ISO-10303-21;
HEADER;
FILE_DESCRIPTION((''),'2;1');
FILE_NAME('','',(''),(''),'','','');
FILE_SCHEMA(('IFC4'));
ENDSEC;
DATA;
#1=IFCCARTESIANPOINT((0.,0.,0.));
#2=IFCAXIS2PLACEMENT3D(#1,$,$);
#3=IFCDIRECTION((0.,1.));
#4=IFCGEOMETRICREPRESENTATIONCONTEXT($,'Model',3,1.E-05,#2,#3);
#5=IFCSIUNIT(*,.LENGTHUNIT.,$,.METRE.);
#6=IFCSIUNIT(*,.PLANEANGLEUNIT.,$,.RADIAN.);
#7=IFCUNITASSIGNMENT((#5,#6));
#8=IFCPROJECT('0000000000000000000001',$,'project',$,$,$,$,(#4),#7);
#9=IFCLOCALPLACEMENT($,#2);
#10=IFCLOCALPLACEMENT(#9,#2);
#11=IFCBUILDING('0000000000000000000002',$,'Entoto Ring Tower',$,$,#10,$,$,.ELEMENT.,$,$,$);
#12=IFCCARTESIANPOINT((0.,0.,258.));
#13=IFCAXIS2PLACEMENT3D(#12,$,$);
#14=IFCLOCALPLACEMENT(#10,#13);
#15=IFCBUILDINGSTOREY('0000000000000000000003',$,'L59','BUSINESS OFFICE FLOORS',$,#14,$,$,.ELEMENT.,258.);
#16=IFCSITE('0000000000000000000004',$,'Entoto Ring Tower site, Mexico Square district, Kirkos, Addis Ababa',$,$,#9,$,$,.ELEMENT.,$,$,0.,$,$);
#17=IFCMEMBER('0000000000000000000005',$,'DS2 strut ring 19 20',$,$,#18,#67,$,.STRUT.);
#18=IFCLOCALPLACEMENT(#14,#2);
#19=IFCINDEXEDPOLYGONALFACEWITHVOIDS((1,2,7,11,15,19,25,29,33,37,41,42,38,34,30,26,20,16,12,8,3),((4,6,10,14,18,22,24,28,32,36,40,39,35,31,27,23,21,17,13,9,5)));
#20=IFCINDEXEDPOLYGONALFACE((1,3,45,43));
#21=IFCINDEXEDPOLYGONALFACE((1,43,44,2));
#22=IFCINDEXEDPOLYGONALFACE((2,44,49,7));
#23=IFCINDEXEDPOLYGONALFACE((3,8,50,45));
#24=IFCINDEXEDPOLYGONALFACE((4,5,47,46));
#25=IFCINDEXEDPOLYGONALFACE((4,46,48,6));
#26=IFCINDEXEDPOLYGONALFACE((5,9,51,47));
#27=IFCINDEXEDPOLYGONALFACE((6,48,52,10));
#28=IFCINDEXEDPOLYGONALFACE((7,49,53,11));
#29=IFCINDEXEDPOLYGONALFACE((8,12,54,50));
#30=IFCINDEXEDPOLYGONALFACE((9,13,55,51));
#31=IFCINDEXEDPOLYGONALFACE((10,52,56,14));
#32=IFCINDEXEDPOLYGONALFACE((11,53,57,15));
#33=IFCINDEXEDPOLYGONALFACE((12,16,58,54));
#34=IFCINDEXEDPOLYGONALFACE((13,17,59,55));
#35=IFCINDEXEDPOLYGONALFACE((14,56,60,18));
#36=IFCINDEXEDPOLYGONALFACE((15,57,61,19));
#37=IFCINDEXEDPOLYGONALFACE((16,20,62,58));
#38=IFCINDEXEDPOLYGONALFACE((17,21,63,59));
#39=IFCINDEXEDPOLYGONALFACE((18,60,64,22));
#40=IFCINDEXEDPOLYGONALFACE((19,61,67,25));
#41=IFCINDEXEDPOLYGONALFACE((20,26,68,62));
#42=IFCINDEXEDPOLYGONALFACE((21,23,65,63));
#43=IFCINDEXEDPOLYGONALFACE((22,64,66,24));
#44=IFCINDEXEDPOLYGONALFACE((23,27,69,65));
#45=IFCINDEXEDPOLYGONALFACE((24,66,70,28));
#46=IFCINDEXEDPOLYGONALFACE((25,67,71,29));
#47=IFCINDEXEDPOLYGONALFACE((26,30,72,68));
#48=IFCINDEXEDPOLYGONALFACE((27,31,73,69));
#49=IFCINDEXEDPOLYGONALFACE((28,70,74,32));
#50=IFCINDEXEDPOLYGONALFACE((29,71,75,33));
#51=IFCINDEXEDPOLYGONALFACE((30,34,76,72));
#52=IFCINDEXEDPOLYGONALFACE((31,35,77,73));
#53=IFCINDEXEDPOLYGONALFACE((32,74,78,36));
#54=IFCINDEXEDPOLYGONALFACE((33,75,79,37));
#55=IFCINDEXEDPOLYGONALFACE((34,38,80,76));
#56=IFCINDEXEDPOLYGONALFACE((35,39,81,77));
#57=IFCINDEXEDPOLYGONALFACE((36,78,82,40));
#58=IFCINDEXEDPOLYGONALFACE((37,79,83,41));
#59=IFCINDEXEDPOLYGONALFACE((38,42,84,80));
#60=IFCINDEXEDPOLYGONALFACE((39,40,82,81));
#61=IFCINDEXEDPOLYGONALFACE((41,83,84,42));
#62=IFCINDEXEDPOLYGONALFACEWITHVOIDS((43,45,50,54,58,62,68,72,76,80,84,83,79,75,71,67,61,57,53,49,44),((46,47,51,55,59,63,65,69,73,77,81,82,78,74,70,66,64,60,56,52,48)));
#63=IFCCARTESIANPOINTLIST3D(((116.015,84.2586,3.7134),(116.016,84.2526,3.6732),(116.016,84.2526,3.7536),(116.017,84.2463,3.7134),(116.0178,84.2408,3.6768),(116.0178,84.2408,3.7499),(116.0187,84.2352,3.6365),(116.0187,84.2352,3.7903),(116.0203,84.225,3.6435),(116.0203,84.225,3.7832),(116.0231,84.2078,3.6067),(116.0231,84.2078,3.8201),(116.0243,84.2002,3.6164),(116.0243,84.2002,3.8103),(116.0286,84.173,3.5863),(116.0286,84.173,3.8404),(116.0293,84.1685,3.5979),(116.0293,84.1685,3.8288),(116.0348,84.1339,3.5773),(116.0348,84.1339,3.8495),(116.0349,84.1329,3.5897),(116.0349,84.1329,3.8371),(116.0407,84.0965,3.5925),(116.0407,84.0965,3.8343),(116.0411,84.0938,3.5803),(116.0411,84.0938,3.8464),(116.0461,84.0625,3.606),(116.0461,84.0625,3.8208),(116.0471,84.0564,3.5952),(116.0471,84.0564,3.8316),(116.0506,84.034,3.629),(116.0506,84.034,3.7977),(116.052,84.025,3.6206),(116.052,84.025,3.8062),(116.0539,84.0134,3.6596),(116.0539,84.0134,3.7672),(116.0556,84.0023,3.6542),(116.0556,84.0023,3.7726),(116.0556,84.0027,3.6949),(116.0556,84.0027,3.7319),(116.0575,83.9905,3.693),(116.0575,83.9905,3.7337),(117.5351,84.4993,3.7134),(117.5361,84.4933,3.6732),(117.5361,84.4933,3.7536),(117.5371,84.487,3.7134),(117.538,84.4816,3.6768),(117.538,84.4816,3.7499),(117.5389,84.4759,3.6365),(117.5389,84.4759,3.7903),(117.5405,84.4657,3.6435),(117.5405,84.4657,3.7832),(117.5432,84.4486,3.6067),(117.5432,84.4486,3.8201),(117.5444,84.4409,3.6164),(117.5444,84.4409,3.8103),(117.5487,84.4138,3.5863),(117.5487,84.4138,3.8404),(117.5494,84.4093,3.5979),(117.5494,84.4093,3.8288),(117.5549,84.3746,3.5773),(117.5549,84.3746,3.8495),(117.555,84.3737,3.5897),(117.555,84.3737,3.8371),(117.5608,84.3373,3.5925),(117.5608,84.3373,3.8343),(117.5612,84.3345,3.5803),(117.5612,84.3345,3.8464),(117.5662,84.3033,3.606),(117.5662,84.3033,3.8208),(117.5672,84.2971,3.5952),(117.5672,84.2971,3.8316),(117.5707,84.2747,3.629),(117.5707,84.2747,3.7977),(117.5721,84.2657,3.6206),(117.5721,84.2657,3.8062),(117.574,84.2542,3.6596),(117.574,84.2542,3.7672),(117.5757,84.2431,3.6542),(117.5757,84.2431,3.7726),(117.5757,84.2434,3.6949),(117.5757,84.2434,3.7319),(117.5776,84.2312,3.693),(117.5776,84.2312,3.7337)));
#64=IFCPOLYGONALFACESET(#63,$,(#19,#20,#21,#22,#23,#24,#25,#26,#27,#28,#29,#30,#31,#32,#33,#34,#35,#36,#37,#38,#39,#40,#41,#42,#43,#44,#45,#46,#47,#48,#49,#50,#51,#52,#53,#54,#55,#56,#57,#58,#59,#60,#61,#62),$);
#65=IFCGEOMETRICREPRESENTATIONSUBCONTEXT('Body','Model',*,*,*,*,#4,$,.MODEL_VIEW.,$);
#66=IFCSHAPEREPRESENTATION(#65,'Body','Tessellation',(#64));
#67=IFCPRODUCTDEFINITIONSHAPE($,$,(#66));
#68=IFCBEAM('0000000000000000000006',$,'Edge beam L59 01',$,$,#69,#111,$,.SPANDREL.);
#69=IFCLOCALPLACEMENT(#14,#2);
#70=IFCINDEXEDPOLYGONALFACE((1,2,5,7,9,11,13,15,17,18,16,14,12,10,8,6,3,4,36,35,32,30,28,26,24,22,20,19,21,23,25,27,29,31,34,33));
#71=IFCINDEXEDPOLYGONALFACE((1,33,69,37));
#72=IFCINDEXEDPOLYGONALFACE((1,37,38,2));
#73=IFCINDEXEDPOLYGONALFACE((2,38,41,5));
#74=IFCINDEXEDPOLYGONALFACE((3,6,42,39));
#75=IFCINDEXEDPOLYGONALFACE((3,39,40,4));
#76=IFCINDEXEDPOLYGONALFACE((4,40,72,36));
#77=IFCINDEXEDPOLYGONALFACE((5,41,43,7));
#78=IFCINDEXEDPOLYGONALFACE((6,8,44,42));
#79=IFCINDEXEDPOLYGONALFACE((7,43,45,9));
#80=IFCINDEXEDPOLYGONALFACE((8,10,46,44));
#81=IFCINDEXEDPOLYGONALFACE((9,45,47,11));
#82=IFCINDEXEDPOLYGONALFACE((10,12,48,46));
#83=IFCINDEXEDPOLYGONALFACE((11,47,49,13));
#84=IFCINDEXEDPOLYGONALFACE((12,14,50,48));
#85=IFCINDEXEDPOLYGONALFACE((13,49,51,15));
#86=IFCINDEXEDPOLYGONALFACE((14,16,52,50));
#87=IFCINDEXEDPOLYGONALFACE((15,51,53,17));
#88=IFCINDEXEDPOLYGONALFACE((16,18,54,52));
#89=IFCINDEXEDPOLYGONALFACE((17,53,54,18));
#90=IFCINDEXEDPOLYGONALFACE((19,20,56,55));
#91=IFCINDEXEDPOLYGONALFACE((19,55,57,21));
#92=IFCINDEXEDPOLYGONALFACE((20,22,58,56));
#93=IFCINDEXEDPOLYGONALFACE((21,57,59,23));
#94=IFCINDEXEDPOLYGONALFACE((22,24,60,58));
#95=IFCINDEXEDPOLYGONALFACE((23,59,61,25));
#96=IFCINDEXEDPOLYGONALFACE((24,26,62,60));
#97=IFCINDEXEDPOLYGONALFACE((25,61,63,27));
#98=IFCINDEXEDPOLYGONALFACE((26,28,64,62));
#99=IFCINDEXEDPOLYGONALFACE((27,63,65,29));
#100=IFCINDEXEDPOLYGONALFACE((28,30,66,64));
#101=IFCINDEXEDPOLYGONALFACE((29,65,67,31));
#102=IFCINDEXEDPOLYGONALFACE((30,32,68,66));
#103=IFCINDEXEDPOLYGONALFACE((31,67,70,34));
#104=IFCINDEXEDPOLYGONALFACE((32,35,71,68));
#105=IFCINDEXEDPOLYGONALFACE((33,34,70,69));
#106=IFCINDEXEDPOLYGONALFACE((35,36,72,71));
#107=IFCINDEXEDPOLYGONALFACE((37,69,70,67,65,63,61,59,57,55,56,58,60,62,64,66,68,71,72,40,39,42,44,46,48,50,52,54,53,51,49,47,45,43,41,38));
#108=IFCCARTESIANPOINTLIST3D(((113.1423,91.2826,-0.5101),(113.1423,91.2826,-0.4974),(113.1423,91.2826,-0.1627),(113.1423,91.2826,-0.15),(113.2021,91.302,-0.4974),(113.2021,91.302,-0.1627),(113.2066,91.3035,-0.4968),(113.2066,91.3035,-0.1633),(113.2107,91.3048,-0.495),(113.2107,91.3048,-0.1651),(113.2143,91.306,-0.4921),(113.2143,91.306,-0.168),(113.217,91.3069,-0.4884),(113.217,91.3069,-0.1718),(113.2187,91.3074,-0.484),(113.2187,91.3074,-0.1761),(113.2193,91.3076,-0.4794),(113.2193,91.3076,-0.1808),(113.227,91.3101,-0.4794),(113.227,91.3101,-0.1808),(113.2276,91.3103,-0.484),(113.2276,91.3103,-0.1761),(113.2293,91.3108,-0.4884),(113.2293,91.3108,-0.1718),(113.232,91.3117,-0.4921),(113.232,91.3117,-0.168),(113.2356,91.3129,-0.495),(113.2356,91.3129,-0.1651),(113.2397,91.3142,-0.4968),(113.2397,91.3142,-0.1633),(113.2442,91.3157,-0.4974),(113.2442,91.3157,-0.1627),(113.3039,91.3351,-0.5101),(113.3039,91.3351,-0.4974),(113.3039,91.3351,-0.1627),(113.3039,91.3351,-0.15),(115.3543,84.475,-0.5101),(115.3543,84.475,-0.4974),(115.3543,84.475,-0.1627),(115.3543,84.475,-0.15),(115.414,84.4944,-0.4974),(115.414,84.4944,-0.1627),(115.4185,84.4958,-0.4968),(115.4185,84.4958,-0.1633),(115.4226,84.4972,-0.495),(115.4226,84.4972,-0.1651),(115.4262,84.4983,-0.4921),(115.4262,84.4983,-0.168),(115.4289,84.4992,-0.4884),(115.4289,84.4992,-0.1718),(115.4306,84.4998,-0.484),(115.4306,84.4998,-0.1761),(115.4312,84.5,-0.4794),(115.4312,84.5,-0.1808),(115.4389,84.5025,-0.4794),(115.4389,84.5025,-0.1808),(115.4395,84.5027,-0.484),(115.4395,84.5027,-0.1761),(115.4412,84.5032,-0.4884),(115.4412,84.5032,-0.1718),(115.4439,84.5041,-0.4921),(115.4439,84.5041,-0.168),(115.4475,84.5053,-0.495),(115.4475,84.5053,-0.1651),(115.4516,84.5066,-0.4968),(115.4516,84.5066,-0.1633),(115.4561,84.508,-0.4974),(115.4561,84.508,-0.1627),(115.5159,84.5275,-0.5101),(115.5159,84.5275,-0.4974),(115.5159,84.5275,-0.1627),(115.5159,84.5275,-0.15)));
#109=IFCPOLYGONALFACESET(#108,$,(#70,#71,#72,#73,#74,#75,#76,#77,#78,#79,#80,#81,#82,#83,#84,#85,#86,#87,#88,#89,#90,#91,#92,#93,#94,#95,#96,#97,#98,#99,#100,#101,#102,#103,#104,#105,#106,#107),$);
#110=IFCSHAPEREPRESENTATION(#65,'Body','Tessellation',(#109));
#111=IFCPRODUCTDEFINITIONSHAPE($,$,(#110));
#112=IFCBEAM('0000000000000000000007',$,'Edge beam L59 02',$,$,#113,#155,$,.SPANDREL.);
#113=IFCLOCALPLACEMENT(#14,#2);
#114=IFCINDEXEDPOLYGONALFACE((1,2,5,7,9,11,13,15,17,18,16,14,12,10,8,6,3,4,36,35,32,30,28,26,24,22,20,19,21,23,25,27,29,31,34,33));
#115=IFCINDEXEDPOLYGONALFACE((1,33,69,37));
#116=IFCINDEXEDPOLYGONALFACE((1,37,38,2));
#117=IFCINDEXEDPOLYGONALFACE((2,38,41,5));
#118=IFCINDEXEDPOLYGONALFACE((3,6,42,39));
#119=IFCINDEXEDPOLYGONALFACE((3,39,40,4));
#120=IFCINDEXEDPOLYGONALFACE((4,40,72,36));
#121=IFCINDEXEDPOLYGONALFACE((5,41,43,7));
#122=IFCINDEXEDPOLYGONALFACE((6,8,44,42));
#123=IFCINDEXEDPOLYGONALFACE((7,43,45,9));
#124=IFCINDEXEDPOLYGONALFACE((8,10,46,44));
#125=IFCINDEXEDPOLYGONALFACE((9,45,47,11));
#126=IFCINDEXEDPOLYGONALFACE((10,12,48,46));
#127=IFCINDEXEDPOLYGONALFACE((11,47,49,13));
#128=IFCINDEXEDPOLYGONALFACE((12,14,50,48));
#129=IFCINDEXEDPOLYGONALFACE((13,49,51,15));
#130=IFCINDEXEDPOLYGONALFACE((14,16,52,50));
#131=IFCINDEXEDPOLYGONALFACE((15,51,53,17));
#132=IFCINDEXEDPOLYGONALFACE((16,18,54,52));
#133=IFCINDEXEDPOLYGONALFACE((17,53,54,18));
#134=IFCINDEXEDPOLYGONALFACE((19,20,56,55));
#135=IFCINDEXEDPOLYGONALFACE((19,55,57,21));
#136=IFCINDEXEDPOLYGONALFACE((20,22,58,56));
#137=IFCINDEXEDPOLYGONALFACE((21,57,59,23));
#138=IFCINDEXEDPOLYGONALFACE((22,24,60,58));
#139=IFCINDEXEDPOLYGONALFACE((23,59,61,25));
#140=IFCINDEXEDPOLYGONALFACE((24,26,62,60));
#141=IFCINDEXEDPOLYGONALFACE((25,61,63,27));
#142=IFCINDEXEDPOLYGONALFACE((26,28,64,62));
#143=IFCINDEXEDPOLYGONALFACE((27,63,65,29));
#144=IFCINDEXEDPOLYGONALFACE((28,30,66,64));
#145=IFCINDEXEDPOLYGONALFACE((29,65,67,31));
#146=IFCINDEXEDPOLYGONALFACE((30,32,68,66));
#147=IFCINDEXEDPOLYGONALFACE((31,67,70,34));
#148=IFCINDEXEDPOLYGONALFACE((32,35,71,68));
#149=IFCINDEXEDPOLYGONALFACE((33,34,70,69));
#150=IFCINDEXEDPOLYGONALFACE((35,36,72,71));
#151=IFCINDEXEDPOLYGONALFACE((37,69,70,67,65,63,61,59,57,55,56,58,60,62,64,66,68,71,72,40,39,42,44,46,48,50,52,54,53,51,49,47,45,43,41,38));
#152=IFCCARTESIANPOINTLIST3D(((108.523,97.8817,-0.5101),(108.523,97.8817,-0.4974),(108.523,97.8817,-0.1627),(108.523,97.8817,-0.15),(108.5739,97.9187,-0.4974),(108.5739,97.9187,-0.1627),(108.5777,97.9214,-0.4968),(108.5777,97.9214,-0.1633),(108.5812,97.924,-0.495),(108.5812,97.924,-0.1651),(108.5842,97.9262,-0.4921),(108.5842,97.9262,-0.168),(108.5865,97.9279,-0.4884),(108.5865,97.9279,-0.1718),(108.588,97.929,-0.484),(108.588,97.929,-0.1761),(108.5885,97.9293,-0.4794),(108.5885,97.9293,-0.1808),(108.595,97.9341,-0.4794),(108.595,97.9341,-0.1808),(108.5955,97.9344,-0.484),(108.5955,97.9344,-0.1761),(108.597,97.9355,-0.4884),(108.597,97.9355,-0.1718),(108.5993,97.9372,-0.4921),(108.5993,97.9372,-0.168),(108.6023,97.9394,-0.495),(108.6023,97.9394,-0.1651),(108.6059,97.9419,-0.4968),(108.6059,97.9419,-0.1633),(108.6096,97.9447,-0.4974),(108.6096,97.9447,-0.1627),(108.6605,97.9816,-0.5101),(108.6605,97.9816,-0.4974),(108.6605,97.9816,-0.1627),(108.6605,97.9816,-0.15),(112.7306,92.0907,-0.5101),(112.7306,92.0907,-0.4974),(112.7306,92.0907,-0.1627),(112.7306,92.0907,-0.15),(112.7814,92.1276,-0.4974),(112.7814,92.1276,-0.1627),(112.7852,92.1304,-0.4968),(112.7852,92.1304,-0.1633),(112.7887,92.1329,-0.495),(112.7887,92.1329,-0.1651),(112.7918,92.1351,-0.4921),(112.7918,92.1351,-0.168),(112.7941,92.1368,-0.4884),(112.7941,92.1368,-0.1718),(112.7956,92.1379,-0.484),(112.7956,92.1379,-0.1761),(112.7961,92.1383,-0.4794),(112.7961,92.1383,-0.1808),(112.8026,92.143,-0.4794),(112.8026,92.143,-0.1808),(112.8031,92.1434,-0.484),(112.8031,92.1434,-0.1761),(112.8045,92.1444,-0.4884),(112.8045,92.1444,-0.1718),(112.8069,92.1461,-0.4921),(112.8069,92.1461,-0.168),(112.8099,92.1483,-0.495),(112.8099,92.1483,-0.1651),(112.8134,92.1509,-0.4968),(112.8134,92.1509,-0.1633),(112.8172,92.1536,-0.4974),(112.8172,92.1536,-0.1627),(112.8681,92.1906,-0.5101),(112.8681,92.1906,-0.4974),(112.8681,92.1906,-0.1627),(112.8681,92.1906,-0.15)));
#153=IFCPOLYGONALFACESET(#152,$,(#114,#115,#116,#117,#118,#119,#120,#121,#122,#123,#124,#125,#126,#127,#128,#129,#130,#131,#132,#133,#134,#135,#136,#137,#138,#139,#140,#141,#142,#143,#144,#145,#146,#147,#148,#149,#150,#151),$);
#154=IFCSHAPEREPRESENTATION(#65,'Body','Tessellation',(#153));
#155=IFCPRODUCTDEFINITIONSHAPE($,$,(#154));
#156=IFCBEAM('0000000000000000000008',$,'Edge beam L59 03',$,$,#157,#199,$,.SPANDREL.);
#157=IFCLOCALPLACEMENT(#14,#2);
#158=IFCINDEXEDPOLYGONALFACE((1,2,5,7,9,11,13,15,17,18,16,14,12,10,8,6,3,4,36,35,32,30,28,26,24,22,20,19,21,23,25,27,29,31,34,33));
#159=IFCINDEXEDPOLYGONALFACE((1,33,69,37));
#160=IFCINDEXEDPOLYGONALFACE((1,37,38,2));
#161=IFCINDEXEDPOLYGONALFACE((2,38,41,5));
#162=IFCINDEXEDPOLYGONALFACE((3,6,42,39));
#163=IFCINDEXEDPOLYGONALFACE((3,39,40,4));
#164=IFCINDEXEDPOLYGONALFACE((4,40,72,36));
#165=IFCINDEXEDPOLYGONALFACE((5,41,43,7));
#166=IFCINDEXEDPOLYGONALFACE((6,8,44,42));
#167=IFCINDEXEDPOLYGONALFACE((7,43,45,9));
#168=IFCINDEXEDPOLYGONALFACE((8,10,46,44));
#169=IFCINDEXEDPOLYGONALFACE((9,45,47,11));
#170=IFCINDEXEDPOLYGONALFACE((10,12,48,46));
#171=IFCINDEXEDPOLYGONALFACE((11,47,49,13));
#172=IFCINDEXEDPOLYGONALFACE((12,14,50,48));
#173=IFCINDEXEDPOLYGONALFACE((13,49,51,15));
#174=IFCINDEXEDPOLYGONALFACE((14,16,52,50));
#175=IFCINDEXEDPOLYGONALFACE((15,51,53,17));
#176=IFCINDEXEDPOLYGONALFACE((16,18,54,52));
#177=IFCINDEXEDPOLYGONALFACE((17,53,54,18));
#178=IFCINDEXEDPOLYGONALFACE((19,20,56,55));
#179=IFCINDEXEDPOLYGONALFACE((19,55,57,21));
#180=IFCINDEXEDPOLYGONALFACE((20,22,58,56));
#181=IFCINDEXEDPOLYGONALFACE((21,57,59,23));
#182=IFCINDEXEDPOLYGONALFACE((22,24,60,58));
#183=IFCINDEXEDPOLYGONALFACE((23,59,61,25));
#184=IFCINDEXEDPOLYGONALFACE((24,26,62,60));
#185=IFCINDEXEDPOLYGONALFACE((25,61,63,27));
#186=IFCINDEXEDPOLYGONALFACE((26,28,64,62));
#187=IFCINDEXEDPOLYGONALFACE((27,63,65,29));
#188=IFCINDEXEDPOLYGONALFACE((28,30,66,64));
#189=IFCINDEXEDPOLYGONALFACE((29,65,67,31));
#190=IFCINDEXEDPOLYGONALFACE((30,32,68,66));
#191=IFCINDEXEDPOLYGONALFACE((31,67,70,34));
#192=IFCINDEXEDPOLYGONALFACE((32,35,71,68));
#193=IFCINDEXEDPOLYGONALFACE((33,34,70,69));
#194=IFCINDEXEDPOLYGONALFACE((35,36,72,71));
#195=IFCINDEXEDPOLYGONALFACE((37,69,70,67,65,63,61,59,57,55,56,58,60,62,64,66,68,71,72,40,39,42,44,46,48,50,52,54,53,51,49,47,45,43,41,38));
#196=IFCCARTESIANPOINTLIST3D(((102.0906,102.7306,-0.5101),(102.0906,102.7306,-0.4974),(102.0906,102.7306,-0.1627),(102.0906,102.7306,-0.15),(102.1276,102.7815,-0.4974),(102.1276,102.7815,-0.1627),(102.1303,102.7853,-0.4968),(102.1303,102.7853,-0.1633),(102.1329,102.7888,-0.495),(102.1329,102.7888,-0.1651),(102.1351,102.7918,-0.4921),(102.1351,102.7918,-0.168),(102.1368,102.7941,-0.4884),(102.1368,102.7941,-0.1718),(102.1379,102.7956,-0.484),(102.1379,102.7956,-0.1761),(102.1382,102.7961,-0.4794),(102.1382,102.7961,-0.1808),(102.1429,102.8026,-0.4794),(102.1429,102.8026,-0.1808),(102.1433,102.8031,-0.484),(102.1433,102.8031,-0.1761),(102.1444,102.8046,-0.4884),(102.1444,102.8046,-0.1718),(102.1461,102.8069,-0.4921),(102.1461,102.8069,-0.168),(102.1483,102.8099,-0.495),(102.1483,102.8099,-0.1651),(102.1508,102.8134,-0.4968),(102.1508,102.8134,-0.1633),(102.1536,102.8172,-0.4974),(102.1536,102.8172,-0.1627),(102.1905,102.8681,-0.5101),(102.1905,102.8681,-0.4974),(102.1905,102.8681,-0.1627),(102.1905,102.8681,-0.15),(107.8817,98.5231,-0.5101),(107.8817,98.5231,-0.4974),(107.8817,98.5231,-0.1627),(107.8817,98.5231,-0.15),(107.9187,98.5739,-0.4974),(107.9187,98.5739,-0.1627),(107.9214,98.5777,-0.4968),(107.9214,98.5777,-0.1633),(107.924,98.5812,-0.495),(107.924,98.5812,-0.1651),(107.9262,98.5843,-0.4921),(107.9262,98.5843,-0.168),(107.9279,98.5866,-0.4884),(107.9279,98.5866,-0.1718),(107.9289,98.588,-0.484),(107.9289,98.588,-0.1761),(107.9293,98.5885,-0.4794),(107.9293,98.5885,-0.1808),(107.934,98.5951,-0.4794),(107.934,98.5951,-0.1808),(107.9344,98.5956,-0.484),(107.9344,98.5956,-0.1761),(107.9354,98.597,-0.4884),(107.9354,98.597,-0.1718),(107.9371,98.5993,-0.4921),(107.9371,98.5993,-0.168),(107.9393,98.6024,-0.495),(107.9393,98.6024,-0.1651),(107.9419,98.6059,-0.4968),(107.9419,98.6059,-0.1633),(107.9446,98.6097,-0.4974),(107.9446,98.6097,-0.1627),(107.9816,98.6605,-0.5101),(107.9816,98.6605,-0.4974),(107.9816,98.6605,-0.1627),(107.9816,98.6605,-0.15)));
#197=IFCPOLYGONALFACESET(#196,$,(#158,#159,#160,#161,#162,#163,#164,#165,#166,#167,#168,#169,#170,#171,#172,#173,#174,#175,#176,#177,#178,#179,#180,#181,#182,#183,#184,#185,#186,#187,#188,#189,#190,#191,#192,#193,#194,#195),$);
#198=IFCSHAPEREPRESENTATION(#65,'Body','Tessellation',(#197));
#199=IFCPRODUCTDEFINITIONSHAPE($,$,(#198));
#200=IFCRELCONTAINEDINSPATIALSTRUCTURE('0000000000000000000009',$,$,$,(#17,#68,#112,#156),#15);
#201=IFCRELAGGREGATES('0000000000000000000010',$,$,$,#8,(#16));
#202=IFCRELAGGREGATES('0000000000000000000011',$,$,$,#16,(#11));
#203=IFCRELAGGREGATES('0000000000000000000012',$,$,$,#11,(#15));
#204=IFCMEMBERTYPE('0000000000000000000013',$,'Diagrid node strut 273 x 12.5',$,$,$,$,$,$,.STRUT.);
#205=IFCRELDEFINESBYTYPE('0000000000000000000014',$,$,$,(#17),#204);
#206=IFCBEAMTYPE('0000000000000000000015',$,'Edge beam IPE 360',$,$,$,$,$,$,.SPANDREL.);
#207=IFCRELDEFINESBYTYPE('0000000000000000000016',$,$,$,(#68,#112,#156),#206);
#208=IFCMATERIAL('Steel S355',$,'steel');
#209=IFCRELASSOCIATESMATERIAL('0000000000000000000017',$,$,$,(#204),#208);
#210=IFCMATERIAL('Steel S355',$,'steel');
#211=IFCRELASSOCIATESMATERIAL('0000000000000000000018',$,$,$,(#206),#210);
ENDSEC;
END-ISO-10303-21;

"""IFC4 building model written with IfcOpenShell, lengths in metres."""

from ifc_helpers import new_model, si_unit, direction, frame, origin, origin_2d, place, context, subcontext, project, spatial, circle, hollow_circle, i_section, extrude, material, material_profile, profile_set, type_object, element, save


model = new_model("IFC4")

# Units and contexts
model_context = context("Model", 3, precision=1e-05, world=origin(), true_north=direction((0.0, 1.0)))
body_context = subcontext(model_context, "Body", "Model", "MODEL_VIEW")
ifc_project = project(units=[si_unit("LENGTHUNIT", "METRE"), si_unit("PLANEANGLEUNIT", "RADIAN")], contexts=[model_context])

# Site, building, storey
site_placement = place(None, origin())
site = spatial("IfcSite", under=ifc_project, at=site_placement, Name="Entoto Ring Tower site, Mexico Square district, Kirkos, Addis Ababa", CompositionType="ELEMENT", RefElevation=0.0)
building_placement = place(site_placement, origin())
building = spatial("IfcBuilding", under=site, at=building_placement, Name="Entoto Ring Tower", CompositionType="ELEMENT")
storey_placement = place(building_placement, frame((0.0, 0.0, 258.0)))
storey = spatial("IfcBuildingStorey", under=building, at=storey_placement, Name="L59", Description="BUSINESS OFFICE FLOORS", CompositionType="ELEMENT", Elevation=258.0)

# Member
ifc_material_1 = material(Name="Steel S355", Category="steel")
ifc_material_profile_1 = material_profile(ifc_material_1, hollow_circle(Radius=0.1365, WallThickness=0.0125, at=origin_2d()), Name="CHS 273 x 12.5")
ifc_material_2 = material(Name="Concrete C60/75", Category="concrete")
ifc_material_profile_2 = material_profile(ifc_material_2, circle(Radius=0.124, at=origin_2d()), Name="Concrete C60/75 infill")
ifc_profile_set_1 = profile_set([ifc_material_profile_1, ifc_material_profile_2], Name="Steel S355")
member_type = type_object("IfcMemberType", Name="Diagrid node strut 273 x 12.5", PredefinedType="STRUT", material=ifc_profile_set_1)
for number, where, z_axis, x_axis, name in (
    (1, (116.0364, 84.1238, 3.7134), (0.987691, 0.156419, 0.0), (-0.156419, 0.987691, 0.0), "DS2 strut ring 19 20"),
):
    element("IfcMember", number, at=place(storey_placement, frame(where, z_axis=z_axis, x_axis=x_axis)), inside=storey, type_object=member_type, Name=name, PredefinedType="STRUT", context=body_context, shape_type="SweptSolid", body=[
        extrude(hollow_circle(Radius=0.1365, WallThickness=0.0125, at=origin_2d()), origin(), (0.0, 0.0, 1.0), 1.5391),
    ])

# Beams
ifc_material_3 = material(Name="Steel S355", Category="steel")
ifc_material_profile_3 = material_profile(ifc_material_3, i_section(OverallWidth=0.1699, OverallDepth=0.3601, WebThickness=0.0081, FlangeThickness=0.0127, FilletRadius=0.0181, at=origin_2d()), Name="IPE 360")
ifc_profile_set_2 = profile_set([ifc_material_profile_3], Name="Steel S355")
beam_type_1 = type_object("IfcBeamType", Name="Edge beam IPE 360", PredefinedType="SPANDREL", material=ifc_profile_set_2)
beam_1_placement = place(storey_placement, frame((115.4351, 84.5012, -0.3301), z_axis=(-0.309015, 0.951057, 0.0), x_axis=(-0.951057, -0.309015, 0.0)))
element("IfcBeam", 2, at=beam_1_placement, inside=storey, type_object=beam_type_1, Name="Edge beam L59 01", PredefinedType="SPANDREL", context=body_context, shape_type="SweptSolid", body=[
    extrude(i_section(OverallWidth=0.1699, OverallDepth=0.3601, WebThickness=0.0081, FlangeThickness=0.0127, FilletRadius=0.0181, at=origin_2d()), origin(), (0.0, 0.0, 1.0), 7.158),
])
for number, where, z_axis, x_axis, name in (
    (3, (112.7993, 92.1406, -0.3301), (-0.587794, 0.80901, 0.0), (-0.80901, -0.587794, 0.0), "Edge beam L59 02"),
    (4, (107.9316, 98.5918, -0.3301), (-0.80901, 0.587794, 0.0), (-0.587794, -0.80901, 0.0), "Edge beam L59 03"),
):
    element("IfcBeam", number, at=place(storey_placement, frame(where, z_axis=z_axis, x_axis=x_axis)), inside=storey, type_object=beam_type_1, Name=name, PredefinedType="SPANDREL", context=body_context, shape_type="SweptSolid", body=[
        extrude(i_section(OverallWidth=0.1699, OverallDepth=0.3601, WebThickness=0.0081, FlangeThickness=0.0127, FilletRadius=0.0181, at=origin_2d()), origin(), (0.0, 0.0, 1.0), 7.1582),
    ])

save(model, "model.ifc")
